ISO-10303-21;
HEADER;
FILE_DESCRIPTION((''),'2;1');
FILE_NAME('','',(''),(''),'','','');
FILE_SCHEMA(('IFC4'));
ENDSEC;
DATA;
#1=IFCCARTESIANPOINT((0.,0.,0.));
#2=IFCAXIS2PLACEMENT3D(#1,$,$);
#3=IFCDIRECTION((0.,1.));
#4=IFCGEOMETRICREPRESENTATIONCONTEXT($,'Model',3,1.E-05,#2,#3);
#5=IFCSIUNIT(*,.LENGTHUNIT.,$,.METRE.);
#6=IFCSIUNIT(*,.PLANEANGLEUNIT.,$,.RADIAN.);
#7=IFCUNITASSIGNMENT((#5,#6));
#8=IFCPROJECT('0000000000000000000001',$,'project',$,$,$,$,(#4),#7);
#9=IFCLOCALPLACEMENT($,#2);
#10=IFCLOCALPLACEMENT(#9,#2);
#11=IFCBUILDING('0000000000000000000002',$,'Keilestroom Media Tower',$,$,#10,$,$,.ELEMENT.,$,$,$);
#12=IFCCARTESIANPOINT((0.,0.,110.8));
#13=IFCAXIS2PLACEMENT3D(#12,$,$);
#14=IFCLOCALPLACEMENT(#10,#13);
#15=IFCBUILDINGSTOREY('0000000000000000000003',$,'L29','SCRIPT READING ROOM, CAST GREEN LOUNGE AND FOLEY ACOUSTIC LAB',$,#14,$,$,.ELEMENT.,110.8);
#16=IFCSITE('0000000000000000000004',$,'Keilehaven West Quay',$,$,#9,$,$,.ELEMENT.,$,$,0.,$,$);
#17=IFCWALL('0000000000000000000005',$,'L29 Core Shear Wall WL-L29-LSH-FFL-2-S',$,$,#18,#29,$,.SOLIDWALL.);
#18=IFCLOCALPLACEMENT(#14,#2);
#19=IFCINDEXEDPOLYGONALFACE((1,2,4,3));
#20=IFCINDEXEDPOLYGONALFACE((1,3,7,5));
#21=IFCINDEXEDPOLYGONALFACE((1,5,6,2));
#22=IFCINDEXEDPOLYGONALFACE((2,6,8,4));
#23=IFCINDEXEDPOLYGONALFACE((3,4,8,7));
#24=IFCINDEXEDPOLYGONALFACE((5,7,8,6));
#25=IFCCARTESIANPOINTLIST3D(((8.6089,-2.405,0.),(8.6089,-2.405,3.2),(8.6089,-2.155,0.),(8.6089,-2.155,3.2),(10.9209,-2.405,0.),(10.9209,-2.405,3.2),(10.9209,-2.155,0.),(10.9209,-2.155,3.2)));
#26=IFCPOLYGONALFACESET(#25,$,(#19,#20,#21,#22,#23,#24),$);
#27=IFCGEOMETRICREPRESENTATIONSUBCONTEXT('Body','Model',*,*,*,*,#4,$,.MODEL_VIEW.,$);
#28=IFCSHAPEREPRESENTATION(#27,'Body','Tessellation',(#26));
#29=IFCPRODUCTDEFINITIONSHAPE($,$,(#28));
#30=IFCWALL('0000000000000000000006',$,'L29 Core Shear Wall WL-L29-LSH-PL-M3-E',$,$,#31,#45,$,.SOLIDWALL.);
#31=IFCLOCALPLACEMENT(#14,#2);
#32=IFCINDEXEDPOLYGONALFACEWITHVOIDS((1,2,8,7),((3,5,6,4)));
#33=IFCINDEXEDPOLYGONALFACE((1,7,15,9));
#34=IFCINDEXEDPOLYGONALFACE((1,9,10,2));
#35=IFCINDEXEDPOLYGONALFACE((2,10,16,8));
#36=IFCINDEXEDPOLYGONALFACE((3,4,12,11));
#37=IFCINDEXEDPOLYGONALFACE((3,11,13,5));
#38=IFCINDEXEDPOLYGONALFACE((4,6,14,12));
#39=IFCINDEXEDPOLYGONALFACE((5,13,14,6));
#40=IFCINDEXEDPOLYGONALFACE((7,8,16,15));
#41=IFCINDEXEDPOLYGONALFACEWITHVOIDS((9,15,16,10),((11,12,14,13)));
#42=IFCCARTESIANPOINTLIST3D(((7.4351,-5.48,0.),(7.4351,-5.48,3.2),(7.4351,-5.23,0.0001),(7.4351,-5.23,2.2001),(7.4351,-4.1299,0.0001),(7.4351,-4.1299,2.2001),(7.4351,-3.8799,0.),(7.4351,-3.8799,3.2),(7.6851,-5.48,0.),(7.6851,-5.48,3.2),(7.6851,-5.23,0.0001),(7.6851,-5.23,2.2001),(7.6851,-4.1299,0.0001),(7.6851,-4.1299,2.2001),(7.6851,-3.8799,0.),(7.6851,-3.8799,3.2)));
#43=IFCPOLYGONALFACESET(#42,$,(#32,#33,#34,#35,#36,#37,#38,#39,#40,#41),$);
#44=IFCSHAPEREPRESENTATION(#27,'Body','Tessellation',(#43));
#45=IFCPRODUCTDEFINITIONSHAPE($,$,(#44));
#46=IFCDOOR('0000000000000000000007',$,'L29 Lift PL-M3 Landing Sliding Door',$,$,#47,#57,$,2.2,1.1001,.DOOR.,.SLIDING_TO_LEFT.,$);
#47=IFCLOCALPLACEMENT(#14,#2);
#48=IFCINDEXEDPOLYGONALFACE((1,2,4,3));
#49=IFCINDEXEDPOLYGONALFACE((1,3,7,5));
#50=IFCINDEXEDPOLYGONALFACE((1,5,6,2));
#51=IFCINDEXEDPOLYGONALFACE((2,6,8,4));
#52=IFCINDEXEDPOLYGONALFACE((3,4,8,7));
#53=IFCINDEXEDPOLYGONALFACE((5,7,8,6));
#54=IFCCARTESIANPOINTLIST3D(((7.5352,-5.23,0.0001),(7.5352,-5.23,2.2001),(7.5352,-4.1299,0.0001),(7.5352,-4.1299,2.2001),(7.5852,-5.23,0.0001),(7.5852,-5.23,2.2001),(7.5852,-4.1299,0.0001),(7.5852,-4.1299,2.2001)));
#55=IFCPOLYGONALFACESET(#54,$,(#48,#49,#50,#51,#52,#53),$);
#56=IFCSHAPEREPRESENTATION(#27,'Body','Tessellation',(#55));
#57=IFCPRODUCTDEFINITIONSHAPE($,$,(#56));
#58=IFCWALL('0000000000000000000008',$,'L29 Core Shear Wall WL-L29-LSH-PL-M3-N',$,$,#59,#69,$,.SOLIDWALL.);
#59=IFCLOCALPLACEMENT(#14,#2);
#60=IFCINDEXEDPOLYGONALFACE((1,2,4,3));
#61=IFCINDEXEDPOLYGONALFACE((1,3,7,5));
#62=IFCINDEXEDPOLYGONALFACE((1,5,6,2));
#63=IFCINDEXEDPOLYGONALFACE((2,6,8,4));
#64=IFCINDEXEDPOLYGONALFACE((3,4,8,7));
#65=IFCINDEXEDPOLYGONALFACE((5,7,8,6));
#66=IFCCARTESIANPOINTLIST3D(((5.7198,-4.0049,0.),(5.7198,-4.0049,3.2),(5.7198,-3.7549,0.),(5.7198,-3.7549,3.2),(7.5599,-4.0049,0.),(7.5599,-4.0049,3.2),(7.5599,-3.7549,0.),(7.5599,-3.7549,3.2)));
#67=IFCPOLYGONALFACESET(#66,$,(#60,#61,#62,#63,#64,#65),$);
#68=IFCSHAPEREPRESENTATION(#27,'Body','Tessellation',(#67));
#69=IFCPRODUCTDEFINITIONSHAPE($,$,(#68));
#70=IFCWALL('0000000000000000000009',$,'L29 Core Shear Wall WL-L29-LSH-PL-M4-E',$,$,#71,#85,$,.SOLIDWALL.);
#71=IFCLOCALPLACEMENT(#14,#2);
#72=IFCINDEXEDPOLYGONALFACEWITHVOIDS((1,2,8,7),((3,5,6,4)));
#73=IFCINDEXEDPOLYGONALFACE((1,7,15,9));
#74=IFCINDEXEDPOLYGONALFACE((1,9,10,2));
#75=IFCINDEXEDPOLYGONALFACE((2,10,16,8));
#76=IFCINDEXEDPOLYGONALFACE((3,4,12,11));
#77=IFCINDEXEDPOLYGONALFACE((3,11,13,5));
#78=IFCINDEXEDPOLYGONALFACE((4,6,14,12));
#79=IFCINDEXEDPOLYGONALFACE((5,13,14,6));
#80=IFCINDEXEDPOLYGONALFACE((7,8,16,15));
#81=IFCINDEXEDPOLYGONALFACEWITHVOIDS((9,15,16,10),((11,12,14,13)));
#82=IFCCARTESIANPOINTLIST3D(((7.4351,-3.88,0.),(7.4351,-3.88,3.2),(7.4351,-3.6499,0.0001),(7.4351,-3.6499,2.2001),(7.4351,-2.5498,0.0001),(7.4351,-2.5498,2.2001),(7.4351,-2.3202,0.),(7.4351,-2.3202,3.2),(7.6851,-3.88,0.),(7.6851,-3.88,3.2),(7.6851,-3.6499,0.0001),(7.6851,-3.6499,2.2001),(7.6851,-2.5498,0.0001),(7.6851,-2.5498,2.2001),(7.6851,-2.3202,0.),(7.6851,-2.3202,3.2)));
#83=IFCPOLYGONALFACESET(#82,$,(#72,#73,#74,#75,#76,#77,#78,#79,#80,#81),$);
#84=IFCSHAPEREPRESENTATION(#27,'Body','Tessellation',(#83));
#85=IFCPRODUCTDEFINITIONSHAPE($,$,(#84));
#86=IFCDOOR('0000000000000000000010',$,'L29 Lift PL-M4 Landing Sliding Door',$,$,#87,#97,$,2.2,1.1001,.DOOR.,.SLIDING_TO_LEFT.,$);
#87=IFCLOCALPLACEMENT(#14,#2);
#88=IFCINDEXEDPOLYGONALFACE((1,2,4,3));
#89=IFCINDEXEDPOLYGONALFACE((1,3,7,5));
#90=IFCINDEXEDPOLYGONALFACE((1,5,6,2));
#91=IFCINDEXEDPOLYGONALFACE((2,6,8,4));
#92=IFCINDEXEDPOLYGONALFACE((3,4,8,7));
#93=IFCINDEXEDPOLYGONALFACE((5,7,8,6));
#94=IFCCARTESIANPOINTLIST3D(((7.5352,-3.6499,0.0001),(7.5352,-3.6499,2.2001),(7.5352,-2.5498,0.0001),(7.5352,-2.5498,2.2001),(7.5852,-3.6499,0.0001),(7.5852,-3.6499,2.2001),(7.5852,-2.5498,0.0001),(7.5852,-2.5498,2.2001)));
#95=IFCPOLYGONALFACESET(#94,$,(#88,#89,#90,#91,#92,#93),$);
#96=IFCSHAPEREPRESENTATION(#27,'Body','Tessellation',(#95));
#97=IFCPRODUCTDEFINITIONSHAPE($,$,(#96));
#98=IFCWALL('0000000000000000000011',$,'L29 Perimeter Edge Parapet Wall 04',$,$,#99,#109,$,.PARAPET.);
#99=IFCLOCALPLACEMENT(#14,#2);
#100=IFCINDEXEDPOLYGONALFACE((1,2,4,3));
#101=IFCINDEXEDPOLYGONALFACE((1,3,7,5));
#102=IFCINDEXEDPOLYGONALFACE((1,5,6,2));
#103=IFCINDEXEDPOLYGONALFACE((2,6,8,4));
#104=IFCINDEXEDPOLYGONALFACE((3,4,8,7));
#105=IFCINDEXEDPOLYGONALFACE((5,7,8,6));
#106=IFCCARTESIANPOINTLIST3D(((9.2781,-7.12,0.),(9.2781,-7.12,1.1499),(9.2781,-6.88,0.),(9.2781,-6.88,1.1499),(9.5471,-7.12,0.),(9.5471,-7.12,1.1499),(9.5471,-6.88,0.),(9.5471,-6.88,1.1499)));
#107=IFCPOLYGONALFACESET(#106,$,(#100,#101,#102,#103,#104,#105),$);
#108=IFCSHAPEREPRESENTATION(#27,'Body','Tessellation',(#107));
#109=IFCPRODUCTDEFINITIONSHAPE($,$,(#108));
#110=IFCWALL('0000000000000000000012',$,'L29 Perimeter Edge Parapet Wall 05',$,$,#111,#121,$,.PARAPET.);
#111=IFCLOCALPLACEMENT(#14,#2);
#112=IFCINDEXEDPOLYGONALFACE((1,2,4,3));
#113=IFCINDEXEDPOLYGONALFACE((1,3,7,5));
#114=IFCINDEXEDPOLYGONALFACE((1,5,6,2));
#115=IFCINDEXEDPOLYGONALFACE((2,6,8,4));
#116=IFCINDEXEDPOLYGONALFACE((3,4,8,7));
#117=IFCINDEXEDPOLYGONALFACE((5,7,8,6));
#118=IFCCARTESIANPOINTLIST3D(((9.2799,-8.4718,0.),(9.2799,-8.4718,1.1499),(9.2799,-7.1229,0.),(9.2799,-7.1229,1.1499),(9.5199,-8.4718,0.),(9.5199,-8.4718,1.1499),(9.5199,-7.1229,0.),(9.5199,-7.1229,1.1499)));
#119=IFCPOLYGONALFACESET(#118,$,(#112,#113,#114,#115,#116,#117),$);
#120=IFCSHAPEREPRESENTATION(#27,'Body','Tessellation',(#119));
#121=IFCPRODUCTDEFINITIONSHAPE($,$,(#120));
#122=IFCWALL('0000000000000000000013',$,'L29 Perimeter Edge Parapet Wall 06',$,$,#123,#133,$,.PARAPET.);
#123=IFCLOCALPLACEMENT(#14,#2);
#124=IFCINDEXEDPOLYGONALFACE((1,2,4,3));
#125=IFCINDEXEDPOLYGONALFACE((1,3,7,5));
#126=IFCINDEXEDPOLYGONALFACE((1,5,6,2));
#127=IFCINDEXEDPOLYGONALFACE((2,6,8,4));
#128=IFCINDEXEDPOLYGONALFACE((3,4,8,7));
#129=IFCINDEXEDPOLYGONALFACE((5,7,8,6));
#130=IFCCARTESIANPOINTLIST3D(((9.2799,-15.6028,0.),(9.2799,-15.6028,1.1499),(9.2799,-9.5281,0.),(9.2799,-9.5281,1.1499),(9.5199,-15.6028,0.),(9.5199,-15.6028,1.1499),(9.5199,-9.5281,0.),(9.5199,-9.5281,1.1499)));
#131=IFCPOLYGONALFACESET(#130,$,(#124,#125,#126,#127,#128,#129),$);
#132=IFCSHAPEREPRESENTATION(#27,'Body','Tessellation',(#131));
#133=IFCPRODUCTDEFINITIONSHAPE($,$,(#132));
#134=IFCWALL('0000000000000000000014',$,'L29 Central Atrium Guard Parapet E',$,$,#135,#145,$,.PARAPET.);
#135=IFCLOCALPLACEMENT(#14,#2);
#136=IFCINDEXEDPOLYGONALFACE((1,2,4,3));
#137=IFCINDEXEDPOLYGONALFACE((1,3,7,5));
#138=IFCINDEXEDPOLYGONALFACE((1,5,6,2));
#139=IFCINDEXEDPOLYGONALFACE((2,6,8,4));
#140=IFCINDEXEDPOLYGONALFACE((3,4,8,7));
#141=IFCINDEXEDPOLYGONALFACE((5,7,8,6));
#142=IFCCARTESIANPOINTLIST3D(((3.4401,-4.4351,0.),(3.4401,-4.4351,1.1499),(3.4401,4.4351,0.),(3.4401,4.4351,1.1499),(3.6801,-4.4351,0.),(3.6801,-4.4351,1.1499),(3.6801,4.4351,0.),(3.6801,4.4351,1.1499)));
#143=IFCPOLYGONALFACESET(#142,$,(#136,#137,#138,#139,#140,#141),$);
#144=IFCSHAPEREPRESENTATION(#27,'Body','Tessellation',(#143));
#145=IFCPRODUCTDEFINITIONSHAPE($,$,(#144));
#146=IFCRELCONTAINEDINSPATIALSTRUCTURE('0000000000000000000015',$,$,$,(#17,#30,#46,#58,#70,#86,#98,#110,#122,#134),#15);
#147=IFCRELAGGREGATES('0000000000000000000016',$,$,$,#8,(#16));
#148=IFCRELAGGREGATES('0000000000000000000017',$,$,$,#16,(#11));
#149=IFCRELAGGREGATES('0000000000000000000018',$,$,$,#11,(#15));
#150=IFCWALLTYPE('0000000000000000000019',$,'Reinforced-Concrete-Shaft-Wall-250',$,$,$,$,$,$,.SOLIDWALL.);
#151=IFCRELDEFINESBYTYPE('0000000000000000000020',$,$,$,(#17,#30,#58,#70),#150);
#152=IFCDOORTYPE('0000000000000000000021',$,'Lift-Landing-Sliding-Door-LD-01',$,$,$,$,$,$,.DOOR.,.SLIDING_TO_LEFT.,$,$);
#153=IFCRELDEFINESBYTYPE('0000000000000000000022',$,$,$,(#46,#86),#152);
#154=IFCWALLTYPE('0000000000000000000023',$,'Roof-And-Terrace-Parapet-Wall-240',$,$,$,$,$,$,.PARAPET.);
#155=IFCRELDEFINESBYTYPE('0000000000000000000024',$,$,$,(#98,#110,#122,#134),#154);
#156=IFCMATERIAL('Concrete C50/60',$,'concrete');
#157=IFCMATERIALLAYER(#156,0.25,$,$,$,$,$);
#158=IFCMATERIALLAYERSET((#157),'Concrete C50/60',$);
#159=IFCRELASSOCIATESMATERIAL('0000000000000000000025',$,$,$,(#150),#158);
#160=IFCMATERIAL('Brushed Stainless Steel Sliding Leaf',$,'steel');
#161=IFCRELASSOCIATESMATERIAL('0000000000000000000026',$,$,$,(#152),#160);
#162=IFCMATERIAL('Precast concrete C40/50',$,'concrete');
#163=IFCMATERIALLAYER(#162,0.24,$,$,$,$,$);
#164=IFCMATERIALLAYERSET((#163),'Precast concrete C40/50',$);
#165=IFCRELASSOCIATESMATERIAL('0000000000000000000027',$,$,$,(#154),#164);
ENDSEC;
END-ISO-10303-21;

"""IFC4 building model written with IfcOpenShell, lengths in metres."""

from ifc_helpers import new_model, si_unit, direction, frame, frame_2d, origin, place, context, subcontext, project, spatial, rectangle, extrude, source, transform, mapped, material, layer, layer_set, type_object, element, fill, save


model = new_model("IFC4")

# Units and contexts
model_context = context("Model", 3, precision=1e-05, world=origin(), true_north=direction((0.0, 1.0)))
body_context = subcontext(model_context, "Body", "Model", "MODEL_VIEW")
ifc_project = project(units=[si_unit("LENGTHUNIT", "METRE"), si_unit("PLANEANGLEUNIT", "RADIAN")], contexts=[model_context])

# Site, building, storey
site_placement = place(None, origin())
site = spatial("IfcSite", under=ifc_project, at=site_placement, Name="Keilehaven West Quay", CompositionType="ELEMENT", RefElevation=0.0)
building_placement = place(site_placement, origin())
building = spatial("IfcBuilding", under=site, at=building_placement, Name="Keilestroom Media Tower", CompositionType="ELEMENT")
storey_placement = place(building_placement, frame((0.0, 0.0, 110.8)))
storey = spatial("IfcBuildingStorey", under=building, at=storey_placement, Name="L29", Description="SCRIPT READING ROOM, CAST GREEN LOUNGE AND FOLEY ACOUSTIC LAB", CompositionType="ELEMENT", Elevation=110.8)

# Shared definitions
ifc_material_1 = material(Name="Concrete C50/60", Category="concrete")
ifc_layer_1 = layer(ifc_material_1, 0.25)
ifc_layer_set_1 = layer_set([ifc_layer_1], Name="Concrete C50/60")
wall_type_1 = type_object("IfcWallType", Name="Reinforced-Concrete-Shaft-Wall-250", PredefinedType="SOLIDWALL", material=ifc_layer_set_1)

# Shared definitions
ifc_material_2 = material(Name="Brushed Stainless Steel Sliding Leaf", Category="steel")

# Wall
wall_1_placement = place(storey_placement, frame((8.6089, -2.28, 0.0), z_axis=(0.0, 0.0, 1.0), x_axis=(1.0, 0.0, 0.0)))
element("IfcWall", 1, at=wall_1_placement, inside=storey, type_object=wall_type_1, Name="L29 Core Shear Wall WL-L29-LSH-FFL-2-S", PredefinedType="SOLIDWALL", context=body_context, shape_type="SweptSolid", body=[
    extrude(rectangle(XDim=2.312, YDim=0.25, at=frame_2d((1.156, 0.0))), origin(), (0.0, 0.0, 1.0), 3.2),
])

# Wall, opening, door
wall_2_placement = place(storey_placement, frame((7.5601, -5.48, 0.0), z_axis=(0.0, 0.0, 1.0), x_axis=(0.0, 1.0, 0.0)))
wall_2 = element("IfcWall", 2, at=wall_2_placement, inside=storey, type_object=wall_type_1, Name="L29 Core Shear Wall WL-L29-LSH-PL-M3-E", PredefinedType="SOLIDWALL", context=body_context, shape_type="SweptSolid", body=[
    extrude(rectangle(XDim=1.6001, YDim=0.25, at=frame_2d((0.8, 0.0))), origin(), (0.0, 0.0, 1.0), 3.2),
])
opening_1_placement = place(wall_2_placement, frame((0.25, 0.0, 0.0)))
opening_1 = element("IfcOpeningElement", 3, at=opening_1_placement, cuts=wall_2, PredefinedType="OPENING", context=body_context, shape_type="SweptSolid", body=[
    extrude(rectangle(XDim=1.1001, YDim=2.2, at=frame_2d((0.55, 1.1001))), frame((0.0, 0.135, 0.0), z_axis=(0.0, -1.0, 0.0), x_axis=(1.0, 0.0, 0.0)), (0.0, 0.0, 1.0), 0.27),
])
door_type_1 = type_object("IfcDoorType", Name="Lift-Landing-Sliding-Door-LD-01", OperationType="SLIDING_TO_LEFT", PredefinedType="DOOR", material=ifc_material_2)
shared_shape_1 = source(origin(), body_context, "Body", "SweptSolid", [
    extrude(rectangle(XDim=1.1001, YDim=2.2, at=frame_2d((0.55, 1.1001))), frame((0.0, 0.0249, 0.0), z_axis=(0.0, -1.0, 0.0), x_axis=(1.0, 0.0, 0.0)), (0.0, 0.0, 1.0), 0.05),
])
door_1_placement = place(opening_1_placement, origin())
door_1 = element("IfcDoor", 4, at=door_1_placement, inside=storey, type_object=door_type_1, Name="L29 Lift PL-M3 Landing Sliding Door", OperationType="SLIDING_TO_LEFT", OverallHeight=2.2, OverallWidth=1.1001, PredefinedType="DOOR", context=body_context, shape_type="MappedRepresentation", body=[
    mapped(shared_shape_1, transform((0.0, 0.0, 0.0), x_axis=(1.0, 0.0, 0.0), y_axis=(0.0, 1.0, 0.0), z_axis=(0.0, 0.0, 1.0), scale=1.0)),
])
fill(opening_1, door_1)

# Wall
wall_3_placement = place(storey_placement, frame((5.72, -3.8799, 0.0), z_axis=(0.0, 0.0, 1.0), x_axis=(1.0, 0.0, 0.0)))
element("IfcWall", 5, at=wall_3_placement, inside=storey, type_object=wall_type_1, Name="L29 Core Shear Wall WL-L29-LSH-PL-M3-N", PredefinedType="SOLIDWALL", context=body_context, shape_type="SweptSolid", body=[
    extrude(rectangle(XDim=1.8401, YDim=0.25, at=frame_2d((0.9199, 0.0))), origin(), (0.0, 0.0, 1.0), 3.2),
])

# Wall, opening, door
wall_4_placement = place(storey_placement, frame((7.5601, -3.8799, 0.0), z_axis=(0.0, 0.0, 1.0), x_axis=(0.0, 1.0, 0.0)))
wall_4 = element("IfcWall", 6, at=wall_4_placement, inside=storey, type_object=wall_type_1, Name="L29 Core Shear Wall WL-L29-LSH-PL-M4-E", PredefinedType="SOLIDWALL", context=body_context, shape_type="SweptSolid", body=[
    extrude(rectangle(XDim=1.5598, YDim=0.25, at=frame_2d((0.7798, 0.0))), origin(), (0.0, 0.0, 1.0), 3.2),
])
opening_2_placement = place(wall_4_placement, frame((0.23, 0.0, 0.0)))
opening_2 = element("IfcOpeningElement", 7, at=opening_2_placement, cuts=wall_4, PredefinedType="OPENING", context=body_context, shape_type="SweptSolid", body=[
    extrude(rectangle(XDim=1.1001, YDim=2.2, at=frame_2d((0.55, 1.1001))), frame((0.0, 0.135, 0.0), z_axis=(0.0, -1.0, 0.0), x_axis=(1.0, 0.0, 0.0)), (0.0, 0.0, 1.0), 0.27),
])
door_2_placement = place(opening_2_placement, origin())
door_2 = element("IfcDoor", 8, at=door_2_placement, inside=storey, type_object=door_type_1, Name="L29 Lift PL-M4 Landing Sliding Door", OperationType="SLIDING_TO_LEFT", OverallHeight=2.2, OverallWidth=1.1001, PredefinedType="DOOR", context=body_context, shape_type="MappedRepresentation", body=[
    mapped(shared_shape_1, transform((0.0, 0.0, 0.0), x_axis=(1.0, 0.0, 0.0), y_axis=(0.0, 1.0, 0.0), z_axis=(0.0, 0.0, 1.0), scale=1.0)),
])
fill(opening_2, door_2)

# Walls
ifc_material_3 = material(Name="Precast concrete C40/50", Category="concrete")
ifc_layer_2 = layer(ifc_material_3, 0.24)
ifc_layer_set_2 = layer_set([ifc_layer_2], Name="Precast concrete C40/50")
wall_type_2 = type_object("IfcWallType", Name="Roof-And-Terrace-Parapet-Wall-240", PredefinedType="PARAPET", material=ifc_layer_set_2)
wall_5_placement = place(storey_placement, frame((9.5471, -7.0, 0.0), z_axis=(0.0, 0.0, 1.0), x_axis=(-1.0, 0.0, 0.0)))
element("IfcWall", 9, at=wall_5_placement, inside=storey, type_object=wall_type_2, Name="L29 Perimeter Edge Parapet Wall 04", PredefinedType="PARAPET", context=body_context, shape_type="SweptSolid", body=[
    extrude(rectangle(XDim=0.269, YDim=0.24, at=frame_2d((0.1345, 0.0))), origin(), (0.0, 0.0, 1.0), 1.1499),
])
wall_6_placement = place(storey_placement, frame((9.3999, -7.123, 0.0), z_axis=(0.0, 0.0, 1.0), x_axis=(0.0, -1.0, 0.0)))
element("IfcWall", 10, at=wall_6_placement, inside=storey, type_object=wall_type_2, Name="L29 Perimeter Edge Parapet Wall 05", PredefinedType="PARAPET", context=body_context, shape_type="SweptSolid", body=[
    extrude(rectangle(XDim=1.3489, YDim=0.24, at=frame_2d((0.6743, 0.0))), origin(), (0.0, 0.0, 1.0), 1.1499),
])
wall_7_placement = place(storey_placement, frame((9.3999, -9.5281, 0.0), z_axis=(0.0, 0.0, 1.0), x_axis=(0.0, -1.0, 0.0)))
element("IfcWall", 11, at=wall_7_placement, inside=storey, type_object=wall_type_2, Name="L29 Perimeter Edge Parapet Wall 06", PredefinedType="PARAPET", context=body_context, shape_type="SweptSolid", body=[
    extrude(rectangle(XDim=6.0747, YDim=0.24, at=frame_2d((3.0374, 0.0))), origin(), (0.0, 0.0, 1.0), 1.1499),
])
wall_8_placement = place(storey_placement, frame((3.5601, -4.4351, 0.0), z_axis=(0.0, 0.0, 1.0), x_axis=(0.0, 1.0, 0.0)))
element("IfcWall", 12, at=wall_8_placement, inside=storey, type_object=wall_type_2, Name="L29 Central Atrium Guard Parapet E", PredefinedType="PARAPET", context=body_context, shape_type="SweptSolid", body=[
    extrude(rectangle(XDim=8.8701, YDim=0.24, at=frame_2d((4.4351, 0.0))), origin(), (0.0, 0.0, 1.0), 1.1499),
])

save(model, "model.ifc")
